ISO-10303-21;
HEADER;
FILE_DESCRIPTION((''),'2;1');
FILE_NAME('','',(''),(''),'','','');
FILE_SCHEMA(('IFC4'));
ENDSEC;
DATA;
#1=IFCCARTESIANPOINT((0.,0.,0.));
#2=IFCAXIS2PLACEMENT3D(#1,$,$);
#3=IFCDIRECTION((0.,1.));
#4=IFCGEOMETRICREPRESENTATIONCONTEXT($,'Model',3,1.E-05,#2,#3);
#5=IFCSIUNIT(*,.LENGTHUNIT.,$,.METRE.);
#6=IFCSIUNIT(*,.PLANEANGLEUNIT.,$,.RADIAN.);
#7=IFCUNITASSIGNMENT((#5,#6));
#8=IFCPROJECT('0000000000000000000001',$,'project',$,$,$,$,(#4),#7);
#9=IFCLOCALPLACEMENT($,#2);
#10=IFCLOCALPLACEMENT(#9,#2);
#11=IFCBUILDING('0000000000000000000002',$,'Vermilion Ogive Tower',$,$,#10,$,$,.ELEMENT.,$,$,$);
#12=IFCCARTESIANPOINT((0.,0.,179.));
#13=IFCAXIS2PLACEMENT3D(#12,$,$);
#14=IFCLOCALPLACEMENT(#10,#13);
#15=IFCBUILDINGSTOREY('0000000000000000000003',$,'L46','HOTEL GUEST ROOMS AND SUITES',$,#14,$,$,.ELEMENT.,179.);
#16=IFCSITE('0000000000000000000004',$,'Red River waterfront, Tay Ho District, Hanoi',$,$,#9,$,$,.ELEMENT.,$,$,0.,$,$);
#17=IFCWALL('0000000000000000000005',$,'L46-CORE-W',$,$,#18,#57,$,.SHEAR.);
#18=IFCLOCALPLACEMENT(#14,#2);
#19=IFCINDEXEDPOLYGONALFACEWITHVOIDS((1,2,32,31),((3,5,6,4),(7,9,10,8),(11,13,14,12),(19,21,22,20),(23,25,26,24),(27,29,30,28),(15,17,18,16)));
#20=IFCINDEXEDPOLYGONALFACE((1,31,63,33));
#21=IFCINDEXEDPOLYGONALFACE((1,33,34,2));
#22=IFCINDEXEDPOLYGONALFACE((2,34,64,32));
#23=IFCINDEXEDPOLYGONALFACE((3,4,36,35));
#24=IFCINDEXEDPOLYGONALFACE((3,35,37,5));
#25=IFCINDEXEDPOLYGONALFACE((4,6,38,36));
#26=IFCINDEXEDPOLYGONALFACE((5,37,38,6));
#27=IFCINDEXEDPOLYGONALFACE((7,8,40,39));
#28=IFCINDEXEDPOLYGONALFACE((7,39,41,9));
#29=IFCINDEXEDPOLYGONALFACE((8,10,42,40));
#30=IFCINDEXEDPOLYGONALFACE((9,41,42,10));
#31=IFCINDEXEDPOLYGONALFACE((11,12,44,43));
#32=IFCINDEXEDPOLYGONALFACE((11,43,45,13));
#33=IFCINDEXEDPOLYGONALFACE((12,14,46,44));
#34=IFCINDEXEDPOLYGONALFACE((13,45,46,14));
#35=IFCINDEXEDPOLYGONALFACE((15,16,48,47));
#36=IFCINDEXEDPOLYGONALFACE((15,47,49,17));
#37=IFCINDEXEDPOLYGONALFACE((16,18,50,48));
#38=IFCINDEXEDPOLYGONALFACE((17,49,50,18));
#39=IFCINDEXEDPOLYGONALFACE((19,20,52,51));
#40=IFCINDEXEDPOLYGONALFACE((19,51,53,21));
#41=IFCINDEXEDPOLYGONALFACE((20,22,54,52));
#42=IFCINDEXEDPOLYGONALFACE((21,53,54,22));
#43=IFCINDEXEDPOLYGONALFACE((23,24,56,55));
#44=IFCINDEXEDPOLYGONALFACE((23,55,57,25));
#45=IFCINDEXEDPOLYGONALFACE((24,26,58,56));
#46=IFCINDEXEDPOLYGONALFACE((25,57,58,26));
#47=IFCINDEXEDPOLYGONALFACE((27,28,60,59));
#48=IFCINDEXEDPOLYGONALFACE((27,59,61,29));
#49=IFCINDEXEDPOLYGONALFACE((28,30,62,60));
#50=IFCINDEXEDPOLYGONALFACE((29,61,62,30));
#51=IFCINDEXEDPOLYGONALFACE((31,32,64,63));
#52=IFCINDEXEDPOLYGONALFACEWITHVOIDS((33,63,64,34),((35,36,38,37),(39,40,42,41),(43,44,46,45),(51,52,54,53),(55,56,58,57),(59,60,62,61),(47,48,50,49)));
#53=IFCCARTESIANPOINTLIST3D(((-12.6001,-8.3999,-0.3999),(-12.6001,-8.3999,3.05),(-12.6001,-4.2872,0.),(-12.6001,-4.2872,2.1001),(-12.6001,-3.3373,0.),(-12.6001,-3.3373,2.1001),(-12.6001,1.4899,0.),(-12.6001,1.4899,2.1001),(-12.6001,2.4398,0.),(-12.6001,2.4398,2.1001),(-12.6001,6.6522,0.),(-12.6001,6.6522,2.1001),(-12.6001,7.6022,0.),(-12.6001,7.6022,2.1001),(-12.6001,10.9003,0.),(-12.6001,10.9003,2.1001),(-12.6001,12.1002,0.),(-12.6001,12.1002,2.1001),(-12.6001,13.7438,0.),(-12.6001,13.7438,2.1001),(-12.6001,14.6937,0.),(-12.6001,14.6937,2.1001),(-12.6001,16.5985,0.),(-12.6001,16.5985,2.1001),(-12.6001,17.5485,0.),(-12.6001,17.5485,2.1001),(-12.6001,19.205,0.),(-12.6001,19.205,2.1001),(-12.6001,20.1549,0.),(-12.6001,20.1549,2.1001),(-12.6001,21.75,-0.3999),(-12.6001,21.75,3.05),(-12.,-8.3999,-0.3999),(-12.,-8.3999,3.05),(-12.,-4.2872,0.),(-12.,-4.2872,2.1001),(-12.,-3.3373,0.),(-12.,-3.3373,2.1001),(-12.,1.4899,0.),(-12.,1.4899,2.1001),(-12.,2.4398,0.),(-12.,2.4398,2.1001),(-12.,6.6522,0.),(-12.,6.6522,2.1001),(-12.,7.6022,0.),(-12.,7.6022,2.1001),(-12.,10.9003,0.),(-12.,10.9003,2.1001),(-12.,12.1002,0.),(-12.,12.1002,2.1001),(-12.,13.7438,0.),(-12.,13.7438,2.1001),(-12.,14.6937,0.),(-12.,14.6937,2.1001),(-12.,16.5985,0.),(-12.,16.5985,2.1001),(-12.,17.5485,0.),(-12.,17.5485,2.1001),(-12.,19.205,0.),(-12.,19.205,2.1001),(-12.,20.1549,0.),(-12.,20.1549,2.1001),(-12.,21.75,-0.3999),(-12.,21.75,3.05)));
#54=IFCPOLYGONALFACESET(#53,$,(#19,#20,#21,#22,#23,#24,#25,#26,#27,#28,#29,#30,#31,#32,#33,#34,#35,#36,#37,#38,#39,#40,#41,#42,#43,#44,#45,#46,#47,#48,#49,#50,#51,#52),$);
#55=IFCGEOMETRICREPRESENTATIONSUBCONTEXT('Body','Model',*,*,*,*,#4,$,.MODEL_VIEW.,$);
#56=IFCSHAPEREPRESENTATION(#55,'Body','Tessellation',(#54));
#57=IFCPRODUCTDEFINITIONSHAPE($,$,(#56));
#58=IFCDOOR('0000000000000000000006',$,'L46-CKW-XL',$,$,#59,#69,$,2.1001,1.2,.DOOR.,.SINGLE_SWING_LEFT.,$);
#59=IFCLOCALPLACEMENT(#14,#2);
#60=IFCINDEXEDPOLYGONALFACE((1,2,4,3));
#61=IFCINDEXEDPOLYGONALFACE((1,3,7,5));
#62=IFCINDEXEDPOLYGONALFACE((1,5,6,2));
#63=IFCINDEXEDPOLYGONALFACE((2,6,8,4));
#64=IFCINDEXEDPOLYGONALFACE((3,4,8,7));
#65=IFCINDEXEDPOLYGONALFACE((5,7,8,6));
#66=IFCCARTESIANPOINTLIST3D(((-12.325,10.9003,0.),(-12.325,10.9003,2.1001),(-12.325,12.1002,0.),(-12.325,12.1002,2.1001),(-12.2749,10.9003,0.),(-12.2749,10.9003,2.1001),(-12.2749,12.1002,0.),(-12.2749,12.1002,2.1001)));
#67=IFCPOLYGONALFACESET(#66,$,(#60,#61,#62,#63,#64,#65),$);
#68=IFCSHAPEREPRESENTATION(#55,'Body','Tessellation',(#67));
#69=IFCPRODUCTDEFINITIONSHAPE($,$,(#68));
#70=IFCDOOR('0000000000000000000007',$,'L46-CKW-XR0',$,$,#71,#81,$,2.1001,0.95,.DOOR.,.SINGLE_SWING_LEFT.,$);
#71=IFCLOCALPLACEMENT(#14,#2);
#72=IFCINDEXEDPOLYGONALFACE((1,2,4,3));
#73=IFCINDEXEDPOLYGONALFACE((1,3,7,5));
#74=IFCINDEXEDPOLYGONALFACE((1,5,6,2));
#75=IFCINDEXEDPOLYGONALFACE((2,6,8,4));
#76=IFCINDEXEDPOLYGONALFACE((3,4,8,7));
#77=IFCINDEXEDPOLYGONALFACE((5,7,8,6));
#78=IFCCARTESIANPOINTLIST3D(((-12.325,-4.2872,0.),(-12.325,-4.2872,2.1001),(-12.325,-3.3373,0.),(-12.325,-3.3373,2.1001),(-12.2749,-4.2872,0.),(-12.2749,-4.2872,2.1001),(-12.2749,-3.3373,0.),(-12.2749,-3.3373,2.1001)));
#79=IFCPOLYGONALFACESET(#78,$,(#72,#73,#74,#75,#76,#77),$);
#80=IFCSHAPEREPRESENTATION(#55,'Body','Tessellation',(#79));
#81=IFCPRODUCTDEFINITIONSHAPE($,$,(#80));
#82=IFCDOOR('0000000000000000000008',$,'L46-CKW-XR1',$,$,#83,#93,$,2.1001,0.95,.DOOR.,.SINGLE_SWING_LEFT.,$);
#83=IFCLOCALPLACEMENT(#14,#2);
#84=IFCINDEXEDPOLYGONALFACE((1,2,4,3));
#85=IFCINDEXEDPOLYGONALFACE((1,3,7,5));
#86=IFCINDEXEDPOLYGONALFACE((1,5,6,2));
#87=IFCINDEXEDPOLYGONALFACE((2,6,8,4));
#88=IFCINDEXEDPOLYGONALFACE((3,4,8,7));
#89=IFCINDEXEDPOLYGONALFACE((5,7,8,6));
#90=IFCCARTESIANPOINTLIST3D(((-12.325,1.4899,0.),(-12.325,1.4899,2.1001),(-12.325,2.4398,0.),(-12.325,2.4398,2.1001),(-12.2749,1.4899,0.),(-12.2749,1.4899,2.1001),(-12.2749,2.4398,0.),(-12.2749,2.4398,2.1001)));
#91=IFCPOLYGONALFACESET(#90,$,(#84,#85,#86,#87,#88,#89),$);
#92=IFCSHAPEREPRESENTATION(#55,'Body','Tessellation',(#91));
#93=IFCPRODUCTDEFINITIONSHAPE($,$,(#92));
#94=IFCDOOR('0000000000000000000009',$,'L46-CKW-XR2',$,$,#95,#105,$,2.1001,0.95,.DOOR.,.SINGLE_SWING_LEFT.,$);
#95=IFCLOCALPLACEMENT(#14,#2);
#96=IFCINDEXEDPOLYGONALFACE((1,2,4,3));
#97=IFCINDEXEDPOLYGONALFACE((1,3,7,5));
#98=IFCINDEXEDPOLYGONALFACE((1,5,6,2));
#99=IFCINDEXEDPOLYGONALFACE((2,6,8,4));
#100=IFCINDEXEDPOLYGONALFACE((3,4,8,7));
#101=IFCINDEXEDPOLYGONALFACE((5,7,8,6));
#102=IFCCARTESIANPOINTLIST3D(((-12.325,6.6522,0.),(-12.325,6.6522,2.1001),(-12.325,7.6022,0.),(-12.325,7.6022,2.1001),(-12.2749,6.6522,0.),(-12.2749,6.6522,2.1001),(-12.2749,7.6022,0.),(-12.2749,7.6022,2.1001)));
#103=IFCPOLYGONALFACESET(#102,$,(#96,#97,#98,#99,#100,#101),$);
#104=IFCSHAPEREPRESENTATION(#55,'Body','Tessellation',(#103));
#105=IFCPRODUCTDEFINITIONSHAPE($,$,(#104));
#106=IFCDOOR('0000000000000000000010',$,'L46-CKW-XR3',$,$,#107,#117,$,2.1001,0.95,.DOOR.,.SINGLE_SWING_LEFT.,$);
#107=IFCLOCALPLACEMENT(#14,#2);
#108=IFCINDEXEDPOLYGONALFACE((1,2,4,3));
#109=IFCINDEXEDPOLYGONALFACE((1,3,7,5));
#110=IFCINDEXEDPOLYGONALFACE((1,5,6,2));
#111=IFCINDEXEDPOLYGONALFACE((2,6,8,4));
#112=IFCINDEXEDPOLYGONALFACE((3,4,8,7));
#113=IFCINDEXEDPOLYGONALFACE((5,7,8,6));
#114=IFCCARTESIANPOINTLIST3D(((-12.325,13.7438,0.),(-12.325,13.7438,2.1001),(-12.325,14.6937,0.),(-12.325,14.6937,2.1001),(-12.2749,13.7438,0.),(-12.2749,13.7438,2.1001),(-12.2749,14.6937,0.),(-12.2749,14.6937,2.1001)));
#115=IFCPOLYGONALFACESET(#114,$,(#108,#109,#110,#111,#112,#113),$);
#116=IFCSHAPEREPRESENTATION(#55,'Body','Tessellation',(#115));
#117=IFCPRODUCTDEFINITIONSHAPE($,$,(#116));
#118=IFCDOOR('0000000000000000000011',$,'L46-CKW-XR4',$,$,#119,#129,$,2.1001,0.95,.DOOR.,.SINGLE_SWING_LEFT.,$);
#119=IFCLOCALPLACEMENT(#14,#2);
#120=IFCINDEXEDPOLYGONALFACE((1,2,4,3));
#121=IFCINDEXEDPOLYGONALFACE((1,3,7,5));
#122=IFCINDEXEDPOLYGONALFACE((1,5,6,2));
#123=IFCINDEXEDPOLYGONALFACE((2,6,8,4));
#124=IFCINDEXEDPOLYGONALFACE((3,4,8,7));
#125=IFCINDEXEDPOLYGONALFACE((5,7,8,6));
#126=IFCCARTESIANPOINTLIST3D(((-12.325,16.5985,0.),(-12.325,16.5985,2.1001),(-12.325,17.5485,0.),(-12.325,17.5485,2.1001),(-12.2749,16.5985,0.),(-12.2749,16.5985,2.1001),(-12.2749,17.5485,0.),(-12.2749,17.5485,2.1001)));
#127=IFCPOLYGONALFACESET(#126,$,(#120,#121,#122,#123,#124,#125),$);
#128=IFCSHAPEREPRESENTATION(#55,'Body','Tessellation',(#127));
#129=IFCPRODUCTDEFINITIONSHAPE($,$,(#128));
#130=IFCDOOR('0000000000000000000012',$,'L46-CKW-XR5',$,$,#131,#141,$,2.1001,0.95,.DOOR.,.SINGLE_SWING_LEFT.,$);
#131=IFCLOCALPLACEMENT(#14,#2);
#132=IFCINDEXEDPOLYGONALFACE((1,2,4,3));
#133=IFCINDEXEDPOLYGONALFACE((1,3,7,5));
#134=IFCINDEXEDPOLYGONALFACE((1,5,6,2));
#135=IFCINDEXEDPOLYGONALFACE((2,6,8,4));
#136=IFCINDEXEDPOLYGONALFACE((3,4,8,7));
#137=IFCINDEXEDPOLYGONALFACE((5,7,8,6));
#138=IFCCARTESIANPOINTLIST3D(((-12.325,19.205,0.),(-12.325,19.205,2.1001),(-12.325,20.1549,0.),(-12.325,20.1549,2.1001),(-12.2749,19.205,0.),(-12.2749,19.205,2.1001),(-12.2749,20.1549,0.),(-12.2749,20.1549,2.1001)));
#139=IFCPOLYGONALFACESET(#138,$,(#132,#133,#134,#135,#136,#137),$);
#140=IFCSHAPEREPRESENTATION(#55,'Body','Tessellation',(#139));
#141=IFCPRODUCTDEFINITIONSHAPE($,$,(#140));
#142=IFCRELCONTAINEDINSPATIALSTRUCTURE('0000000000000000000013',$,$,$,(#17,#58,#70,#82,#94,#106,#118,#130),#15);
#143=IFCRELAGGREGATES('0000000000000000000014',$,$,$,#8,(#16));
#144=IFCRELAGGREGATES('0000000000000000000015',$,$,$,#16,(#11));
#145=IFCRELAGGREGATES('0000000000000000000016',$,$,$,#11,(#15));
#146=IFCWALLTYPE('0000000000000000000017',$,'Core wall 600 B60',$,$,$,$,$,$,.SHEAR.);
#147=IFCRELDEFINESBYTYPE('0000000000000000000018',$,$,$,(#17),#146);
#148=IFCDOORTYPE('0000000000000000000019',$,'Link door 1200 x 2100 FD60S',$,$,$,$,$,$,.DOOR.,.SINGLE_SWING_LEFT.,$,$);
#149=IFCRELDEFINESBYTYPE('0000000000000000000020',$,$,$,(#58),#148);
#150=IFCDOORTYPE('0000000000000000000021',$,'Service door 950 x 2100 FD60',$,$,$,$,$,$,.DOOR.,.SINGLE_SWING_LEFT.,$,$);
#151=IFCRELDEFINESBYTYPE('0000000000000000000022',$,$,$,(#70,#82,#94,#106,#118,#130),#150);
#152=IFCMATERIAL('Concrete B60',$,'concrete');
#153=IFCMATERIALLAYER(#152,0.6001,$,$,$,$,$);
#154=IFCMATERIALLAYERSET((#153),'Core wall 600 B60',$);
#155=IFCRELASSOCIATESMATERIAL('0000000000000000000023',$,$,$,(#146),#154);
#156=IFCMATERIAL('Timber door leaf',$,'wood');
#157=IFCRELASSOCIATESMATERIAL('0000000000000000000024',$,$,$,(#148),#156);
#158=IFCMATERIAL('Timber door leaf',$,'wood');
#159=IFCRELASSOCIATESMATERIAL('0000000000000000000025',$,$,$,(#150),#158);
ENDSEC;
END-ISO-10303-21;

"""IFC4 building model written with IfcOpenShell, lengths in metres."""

from ifc_helpers import new_model, si_unit, direction, frame, frame_2d, origin, place, context, subcontext, project, spatial, rectangle, extrude, material, layer, layer_set, type_object, element, fill, save


model = new_model("IFC4")

# Units and contexts
model_context = context("Model", 3, precision=1e-05, world=origin(), true_north=direction((0.0, 1.0)))
body_context = subcontext(model_context, "Body", "Model", "MODEL_VIEW")
ifc_project = project(units=[si_unit("LENGTHUNIT", "METRE"), si_unit("PLANEANGLEUNIT", "RADIAN")], contexts=[model_context])

# Site, building, storey
site_placement = place(None, origin())
site = spatial("IfcSite", under=ifc_project, at=site_placement, Name="Red River waterfront, Tay Ho District, Hanoi", CompositionType="ELEMENT", RefElevation=0.0)
building_placement = place(site_placement, origin())
building = spatial("IfcBuilding", under=site, at=building_placement, Name="Vermilion Ogive Tower", CompositionType="ELEMENT")
storey_placement = place(building_placement, frame((0.0, 0.0, 179.0)))
storey = spatial("IfcBuildingStorey", under=building, at=storey_placement, Name="L46", Description="HOTEL GUEST ROOMS AND SUITES", CompositionType="ELEMENT", Elevation=179.0)

# Wall, openings, doors
ifc_material_1 = material(Name="Concrete B60", Category="concrete")
ifc_layer_1 = layer(ifc_material_1, 0.6001)
ifc_layer_set_1 = layer_set([ifc_layer_1], Name="Core wall 600 B60")
wall_type_1 = type_object("IfcWallType", Name="Core wall 600 B60", PredefinedType="SHEAR", material=ifc_layer_set_1)
wall_1_placement = place(storey_placement, frame((-12.3, -8.3999, -0.3999), z_axis=(0.0, 0.0, 1.0), x_axis=(0.0, 1.0, 0.0)))
wall_1 = element("IfcWall", 1, at=wall_1_placement, inside=storey, type_object=wall_type_1, Name="L46-CORE-W", PredefinedType="SHEAR", context=body_context, shape_type="SweptSolid", body=[
    extrude(rectangle(XDim=30.1499, YDim=0.6001, at=frame_2d((15.075, 0.0))), origin(), (0.0, 0.0, 1.0), 3.45),
])
opening_1_placement = place(wall_1_placement, frame((4.1125, 0.0, 0.3999)))
opening_1 = element("IfcOpeningElement", 2, at=opening_1_placement, cuts=wall_1, PredefinedType="OPENING", context=body_context, shape_type="SweptSolid", body=[
    extrude(rectangle(XDim=0.95, YDim=2.1001, at=frame_2d((0.4751, 1.05))), frame((0.0, 0.3101, 0.0), z_axis=(0.0, -1.0, 0.0), x_axis=(1.0, 0.0, 0.0)), (0.0, 0.0, 1.0), 0.6201),
])
opening_2_placement = place(wall_1_placement, frame((9.8896, 0.0, 0.3999)))
opening_2 = element("IfcOpeningElement", 3, at=opening_2_placement, cuts=wall_1, PredefinedType="OPENING", context=body_context, shape_type="SweptSolid", body=[
    extrude(rectangle(XDim=0.95, YDim=2.1001, at=frame_2d((0.4751, 1.05))), frame((0.0, 0.3101, 0.0), z_axis=(0.0, -1.0, 0.0), x_axis=(1.0, 0.0, 0.0)), (0.0, 0.0, 1.0), 0.6201),
])
opening_3_placement = place(wall_1_placement, frame((15.052, 0.0, 0.3999)))
opening_3 = element("IfcOpeningElement", 4, at=opening_3_placement, cuts=wall_1, PredefinedType="OPENING", context=body_context, shape_type="SweptSolid", body=[
    extrude(rectangle(XDim=0.95, YDim=2.1001, at=frame_2d((0.4751, 1.05))), frame((0.0, 0.3101, 0.0), z_axis=(0.0, -1.0, 0.0), x_axis=(1.0, 0.0, 0.0)), (0.0, 0.0, 1.0), 0.6201),
])
opening_4_placement = place(wall_1_placement, frame((22.1436, 0.0, 0.3999)))
opening_4 = element("IfcOpeningElement", 5, at=opening_4_placement, cuts=wall_1, PredefinedType="OPENING", context=body_context, shape_type="SweptSolid", body=[
    extrude(rectangle(XDim=0.95, YDim=2.1001, at=frame_2d((0.4751, 1.05))), frame((0.0, 0.3101, 0.0), z_axis=(0.0, -1.0, 0.0), x_axis=(1.0, 0.0, 0.0)), (0.0, 0.0, 1.0), 0.6201),
])
opening_5_placement = place(wall_1_placement, frame((24.9983, 0.0, 0.3999)))
opening_5 = element("IfcOpeningElement", 6, at=opening_5_placement, cuts=wall_1, PredefinedType="OPENING", context=body_context, shape_type="SweptSolid", body=[
    extrude(rectangle(XDim=0.95, YDim=2.1001, at=frame_2d((0.4751, 1.05))), frame((0.0, 0.3101, 0.0), z_axis=(0.0, -1.0, 0.0), x_axis=(1.0, 0.0, 0.0)), (0.0, 0.0, 1.0), 0.6201),
])
opening_6_placement = place(wall_1_placement, frame((27.6047, 0.0, 0.3999)))
opening_6 = element("IfcOpeningElement", 7, at=opening_6_placement, cuts=wall_1, PredefinedType="OPENING", context=body_context, shape_type="SweptSolid", body=[
    extrude(rectangle(XDim=0.95, YDim=2.1001, at=frame_2d((0.4751, 1.05))), frame((0.0, 0.3101, 0.0), z_axis=(0.0, -1.0, 0.0), x_axis=(1.0, 0.0, 0.0)), (0.0, 0.0, 1.0), 0.6201),
])
opening_7_placement = place(wall_1_placement, frame((19.3, 0.0, 0.3999)))
opening_7 = element("IfcOpeningElement", 8, at=opening_7_placement, cuts=wall_1, PredefinedType="OPENING", context=body_context, shape_type="SweptSolid", body=[
    extrude(rectangle(XDim=1.2, YDim=2.1001, at=frame_2d((0.6001, 1.05))), frame((0.0, 0.3101, 0.0), z_axis=(0.0, -1.0, 0.0), x_axis=(1.0, 0.0, 0.0)), (0.0, 0.0, 1.0), 0.6201),
])
ifc_material_2 = material(Name="Timber door leaf", Category="wood")
door_type_1 = type_object("IfcDoorType", Name="Link door 1200 x 2100 FD60S", OperationType="SINGLE_SWING_LEFT", PredefinedType="DOOR", material=ifc_material_2)
door_1_placement = place(opening_7_placement, origin())
door_1 = element("IfcDoor", 9, at=door_1_placement, inside=storey, type_object=door_type_1, Name="L46-CKW-XL", OperationType="SINGLE_SWING_LEFT", OverallHeight=2.1001, OverallWidth=1.2, PredefinedType="DOOR", context=body_context, shape_type="SweptSolid", body=[
    extrude(rectangle(XDim=1.2, YDim=2.1001, at=frame_2d((0.6001, 1.05))), frame((0.0, 0.0249, 0.0), z_axis=(0.0, -1.0, 0.0), x_axis=(1.0, 0.0, 0.0)), (0.0, 0.0, 1.0), 0.05),
])
fill(opening_7, door_1)
ifc_material_3 = material(Name="Timber door leaf", Category="wood")
door_type_2 = type_object("IfcDoorType", Name="Service door 950 x 2100 FD60", OperationType="SINGLE_SWING_LEFT", PredefinedType="DOOR", material=ifc_material_3)
door_2_placement = place(opening_1_placement, origin())
door_2 = element("IfcDoor", 10, at=door_2_placement, inside=storey, type_object=door_type_2, Name="L46-CKW-XR0", OperationType="SINGLE_SWING_LEFT", OverallHeight=2.1001, OverallWidth=0.95, PredefinedType="DOOR", context=body_context, shape_type="SweptSolid", body=[
    extrude(rectangle(XDim=0.95, YDim=2.1001, at=frame_2d((0.4751, 1.05))), frame((0.0, 0.0249, 0.0), z_axis=(0.0, -1.0, 0.0), x_axis=(1.0, 0.0, 0.0)), (0.0, 0.0, 1.0), 0.05),
])
fill(opening_1, door_2)
door_3_placement = place(opening_2_placement, origin())
door_3 = element("IfcDoor", 11, at=door_3_placement, inside=storey, type_object=door_type_2, Name="L46-CKW-XR1", OperationType="SINGLE_SWING_LEFT", OverallHeight=2.1001, OverallWidth=0.95, PredefinedType="DOOR", context=body_context, shape_type="SweptSolid", body=[
    extrude(rectangle(XDim=0.95, YDim=2.1001, at=frame_2d((0.4751, 1.05))), frame((0.0, 0.0249, 0.0), z_axis=(0.0, -1.0, 0.0), x_axis=(1.0, 0.0, 0.0)), (0.0, 0.0, 1.0), 0.05),
])
fill(opening_2, door_3)
door_4_placement = place(opening_3_placement, origin())
door_4 = element("IfcDoor", 12, at=door_4_placement, inside=storey, type_object=door_type_2, Name="L46-CKW-XR2", OperationType="SINGLE_SWING_LEFT", OverallHeight=2.1001, OverallWidth=0.95, PredefinedType="DOOR", context=body_context, shape_type="SweptSolid", body=[
    extrude(rectangle(XDim=0.95, YDim=2.1001, at=frame_2d((0.4751, 1.05))), frame((0.0, 0.0249, 0.0), z_axis=(0.0, -1.0, 0.0), x_axis=(1.0, 0.0, 0.0)), (0.0, 0.0, 1.0), 0.05),
])
fill(opening_3, door_4)
door_5_placement = place(opening_4_placement, origin())
door_5 = element("IfcDoor", 13, at=door_5_placement, inside=storey, type_object=door_type_2, Name="L46-CKW-XR3", OperationType="SINGLE_SWING_LEFT", OverallHeight=2.1001, OverallWidth=0.95, PredefinedType="DOOR", context=body_context, shape_type="SweptSolid", body=[
    extrude(rectangle(XDim=0.95, YDim=2.1001, at=frame_2d((0.4751, 1.05))), frame((0.0, 0.0249, 0.0), z_axis=(0.0, -1.0, 0.0), x_axis=(1.0, 0.0, 0.0)), (0.0, 0.0, 1.0), 0.05),
])
fill(opening_4, door_5)
door_6_placement = place(opening_5_placement, origin())
door_6 = element("IfcDoor", 14, at=door_6_placement, inside=storey, type_object=door_type_2, Name="L46-CKW-XR4", OperationType="SINGLE_SWING_LEFT", OverallHeight=2.1001, OverallWidth=0.95, PredefinedType="DOOR", context=body_context, shape_type="SweptSolid", body=[
    extrude(rectangle(XDim=0.95, YDim=2.1001, at=frame_2d((0.4751, 1.05))), frame((0.0, 0.0249, 0.0), z_axis=(0.0, -1.0, 0.0), x_axis=(1.0, 0.0, 0.0)), (0.0, 0.0, 1.0), 0.05),
])
fill(opening_5, door_6)
door_7_placement = place(opening_6_placement, origin())
door_7 = element("IfcDoor", 15, at=door_7_placement, inside=storey, type_object=door_type_2, Name="L46-CKW-XR5", OperationType="SINGLE_SWING_LEFT", OverallHeight=2.1001, OverallWidth=0.95, PredefinedType="DOOR", context=body_context, shape_type="SweptSolid", body=[
    extrude(rectangle(XDim=0.95, YDim=2.1001, at=frame_2d((0.4751, 1.05))), frame((0.0, 0.0249, 0.0), z_axis=(0.0, -1.0, 0.0), x_axis=(1.0, 0.0, 0.0)), (0.0, 0.0, 1.0), 0.05),
])
fill(opening_6, door_7)

save(model, "model.ifc")
